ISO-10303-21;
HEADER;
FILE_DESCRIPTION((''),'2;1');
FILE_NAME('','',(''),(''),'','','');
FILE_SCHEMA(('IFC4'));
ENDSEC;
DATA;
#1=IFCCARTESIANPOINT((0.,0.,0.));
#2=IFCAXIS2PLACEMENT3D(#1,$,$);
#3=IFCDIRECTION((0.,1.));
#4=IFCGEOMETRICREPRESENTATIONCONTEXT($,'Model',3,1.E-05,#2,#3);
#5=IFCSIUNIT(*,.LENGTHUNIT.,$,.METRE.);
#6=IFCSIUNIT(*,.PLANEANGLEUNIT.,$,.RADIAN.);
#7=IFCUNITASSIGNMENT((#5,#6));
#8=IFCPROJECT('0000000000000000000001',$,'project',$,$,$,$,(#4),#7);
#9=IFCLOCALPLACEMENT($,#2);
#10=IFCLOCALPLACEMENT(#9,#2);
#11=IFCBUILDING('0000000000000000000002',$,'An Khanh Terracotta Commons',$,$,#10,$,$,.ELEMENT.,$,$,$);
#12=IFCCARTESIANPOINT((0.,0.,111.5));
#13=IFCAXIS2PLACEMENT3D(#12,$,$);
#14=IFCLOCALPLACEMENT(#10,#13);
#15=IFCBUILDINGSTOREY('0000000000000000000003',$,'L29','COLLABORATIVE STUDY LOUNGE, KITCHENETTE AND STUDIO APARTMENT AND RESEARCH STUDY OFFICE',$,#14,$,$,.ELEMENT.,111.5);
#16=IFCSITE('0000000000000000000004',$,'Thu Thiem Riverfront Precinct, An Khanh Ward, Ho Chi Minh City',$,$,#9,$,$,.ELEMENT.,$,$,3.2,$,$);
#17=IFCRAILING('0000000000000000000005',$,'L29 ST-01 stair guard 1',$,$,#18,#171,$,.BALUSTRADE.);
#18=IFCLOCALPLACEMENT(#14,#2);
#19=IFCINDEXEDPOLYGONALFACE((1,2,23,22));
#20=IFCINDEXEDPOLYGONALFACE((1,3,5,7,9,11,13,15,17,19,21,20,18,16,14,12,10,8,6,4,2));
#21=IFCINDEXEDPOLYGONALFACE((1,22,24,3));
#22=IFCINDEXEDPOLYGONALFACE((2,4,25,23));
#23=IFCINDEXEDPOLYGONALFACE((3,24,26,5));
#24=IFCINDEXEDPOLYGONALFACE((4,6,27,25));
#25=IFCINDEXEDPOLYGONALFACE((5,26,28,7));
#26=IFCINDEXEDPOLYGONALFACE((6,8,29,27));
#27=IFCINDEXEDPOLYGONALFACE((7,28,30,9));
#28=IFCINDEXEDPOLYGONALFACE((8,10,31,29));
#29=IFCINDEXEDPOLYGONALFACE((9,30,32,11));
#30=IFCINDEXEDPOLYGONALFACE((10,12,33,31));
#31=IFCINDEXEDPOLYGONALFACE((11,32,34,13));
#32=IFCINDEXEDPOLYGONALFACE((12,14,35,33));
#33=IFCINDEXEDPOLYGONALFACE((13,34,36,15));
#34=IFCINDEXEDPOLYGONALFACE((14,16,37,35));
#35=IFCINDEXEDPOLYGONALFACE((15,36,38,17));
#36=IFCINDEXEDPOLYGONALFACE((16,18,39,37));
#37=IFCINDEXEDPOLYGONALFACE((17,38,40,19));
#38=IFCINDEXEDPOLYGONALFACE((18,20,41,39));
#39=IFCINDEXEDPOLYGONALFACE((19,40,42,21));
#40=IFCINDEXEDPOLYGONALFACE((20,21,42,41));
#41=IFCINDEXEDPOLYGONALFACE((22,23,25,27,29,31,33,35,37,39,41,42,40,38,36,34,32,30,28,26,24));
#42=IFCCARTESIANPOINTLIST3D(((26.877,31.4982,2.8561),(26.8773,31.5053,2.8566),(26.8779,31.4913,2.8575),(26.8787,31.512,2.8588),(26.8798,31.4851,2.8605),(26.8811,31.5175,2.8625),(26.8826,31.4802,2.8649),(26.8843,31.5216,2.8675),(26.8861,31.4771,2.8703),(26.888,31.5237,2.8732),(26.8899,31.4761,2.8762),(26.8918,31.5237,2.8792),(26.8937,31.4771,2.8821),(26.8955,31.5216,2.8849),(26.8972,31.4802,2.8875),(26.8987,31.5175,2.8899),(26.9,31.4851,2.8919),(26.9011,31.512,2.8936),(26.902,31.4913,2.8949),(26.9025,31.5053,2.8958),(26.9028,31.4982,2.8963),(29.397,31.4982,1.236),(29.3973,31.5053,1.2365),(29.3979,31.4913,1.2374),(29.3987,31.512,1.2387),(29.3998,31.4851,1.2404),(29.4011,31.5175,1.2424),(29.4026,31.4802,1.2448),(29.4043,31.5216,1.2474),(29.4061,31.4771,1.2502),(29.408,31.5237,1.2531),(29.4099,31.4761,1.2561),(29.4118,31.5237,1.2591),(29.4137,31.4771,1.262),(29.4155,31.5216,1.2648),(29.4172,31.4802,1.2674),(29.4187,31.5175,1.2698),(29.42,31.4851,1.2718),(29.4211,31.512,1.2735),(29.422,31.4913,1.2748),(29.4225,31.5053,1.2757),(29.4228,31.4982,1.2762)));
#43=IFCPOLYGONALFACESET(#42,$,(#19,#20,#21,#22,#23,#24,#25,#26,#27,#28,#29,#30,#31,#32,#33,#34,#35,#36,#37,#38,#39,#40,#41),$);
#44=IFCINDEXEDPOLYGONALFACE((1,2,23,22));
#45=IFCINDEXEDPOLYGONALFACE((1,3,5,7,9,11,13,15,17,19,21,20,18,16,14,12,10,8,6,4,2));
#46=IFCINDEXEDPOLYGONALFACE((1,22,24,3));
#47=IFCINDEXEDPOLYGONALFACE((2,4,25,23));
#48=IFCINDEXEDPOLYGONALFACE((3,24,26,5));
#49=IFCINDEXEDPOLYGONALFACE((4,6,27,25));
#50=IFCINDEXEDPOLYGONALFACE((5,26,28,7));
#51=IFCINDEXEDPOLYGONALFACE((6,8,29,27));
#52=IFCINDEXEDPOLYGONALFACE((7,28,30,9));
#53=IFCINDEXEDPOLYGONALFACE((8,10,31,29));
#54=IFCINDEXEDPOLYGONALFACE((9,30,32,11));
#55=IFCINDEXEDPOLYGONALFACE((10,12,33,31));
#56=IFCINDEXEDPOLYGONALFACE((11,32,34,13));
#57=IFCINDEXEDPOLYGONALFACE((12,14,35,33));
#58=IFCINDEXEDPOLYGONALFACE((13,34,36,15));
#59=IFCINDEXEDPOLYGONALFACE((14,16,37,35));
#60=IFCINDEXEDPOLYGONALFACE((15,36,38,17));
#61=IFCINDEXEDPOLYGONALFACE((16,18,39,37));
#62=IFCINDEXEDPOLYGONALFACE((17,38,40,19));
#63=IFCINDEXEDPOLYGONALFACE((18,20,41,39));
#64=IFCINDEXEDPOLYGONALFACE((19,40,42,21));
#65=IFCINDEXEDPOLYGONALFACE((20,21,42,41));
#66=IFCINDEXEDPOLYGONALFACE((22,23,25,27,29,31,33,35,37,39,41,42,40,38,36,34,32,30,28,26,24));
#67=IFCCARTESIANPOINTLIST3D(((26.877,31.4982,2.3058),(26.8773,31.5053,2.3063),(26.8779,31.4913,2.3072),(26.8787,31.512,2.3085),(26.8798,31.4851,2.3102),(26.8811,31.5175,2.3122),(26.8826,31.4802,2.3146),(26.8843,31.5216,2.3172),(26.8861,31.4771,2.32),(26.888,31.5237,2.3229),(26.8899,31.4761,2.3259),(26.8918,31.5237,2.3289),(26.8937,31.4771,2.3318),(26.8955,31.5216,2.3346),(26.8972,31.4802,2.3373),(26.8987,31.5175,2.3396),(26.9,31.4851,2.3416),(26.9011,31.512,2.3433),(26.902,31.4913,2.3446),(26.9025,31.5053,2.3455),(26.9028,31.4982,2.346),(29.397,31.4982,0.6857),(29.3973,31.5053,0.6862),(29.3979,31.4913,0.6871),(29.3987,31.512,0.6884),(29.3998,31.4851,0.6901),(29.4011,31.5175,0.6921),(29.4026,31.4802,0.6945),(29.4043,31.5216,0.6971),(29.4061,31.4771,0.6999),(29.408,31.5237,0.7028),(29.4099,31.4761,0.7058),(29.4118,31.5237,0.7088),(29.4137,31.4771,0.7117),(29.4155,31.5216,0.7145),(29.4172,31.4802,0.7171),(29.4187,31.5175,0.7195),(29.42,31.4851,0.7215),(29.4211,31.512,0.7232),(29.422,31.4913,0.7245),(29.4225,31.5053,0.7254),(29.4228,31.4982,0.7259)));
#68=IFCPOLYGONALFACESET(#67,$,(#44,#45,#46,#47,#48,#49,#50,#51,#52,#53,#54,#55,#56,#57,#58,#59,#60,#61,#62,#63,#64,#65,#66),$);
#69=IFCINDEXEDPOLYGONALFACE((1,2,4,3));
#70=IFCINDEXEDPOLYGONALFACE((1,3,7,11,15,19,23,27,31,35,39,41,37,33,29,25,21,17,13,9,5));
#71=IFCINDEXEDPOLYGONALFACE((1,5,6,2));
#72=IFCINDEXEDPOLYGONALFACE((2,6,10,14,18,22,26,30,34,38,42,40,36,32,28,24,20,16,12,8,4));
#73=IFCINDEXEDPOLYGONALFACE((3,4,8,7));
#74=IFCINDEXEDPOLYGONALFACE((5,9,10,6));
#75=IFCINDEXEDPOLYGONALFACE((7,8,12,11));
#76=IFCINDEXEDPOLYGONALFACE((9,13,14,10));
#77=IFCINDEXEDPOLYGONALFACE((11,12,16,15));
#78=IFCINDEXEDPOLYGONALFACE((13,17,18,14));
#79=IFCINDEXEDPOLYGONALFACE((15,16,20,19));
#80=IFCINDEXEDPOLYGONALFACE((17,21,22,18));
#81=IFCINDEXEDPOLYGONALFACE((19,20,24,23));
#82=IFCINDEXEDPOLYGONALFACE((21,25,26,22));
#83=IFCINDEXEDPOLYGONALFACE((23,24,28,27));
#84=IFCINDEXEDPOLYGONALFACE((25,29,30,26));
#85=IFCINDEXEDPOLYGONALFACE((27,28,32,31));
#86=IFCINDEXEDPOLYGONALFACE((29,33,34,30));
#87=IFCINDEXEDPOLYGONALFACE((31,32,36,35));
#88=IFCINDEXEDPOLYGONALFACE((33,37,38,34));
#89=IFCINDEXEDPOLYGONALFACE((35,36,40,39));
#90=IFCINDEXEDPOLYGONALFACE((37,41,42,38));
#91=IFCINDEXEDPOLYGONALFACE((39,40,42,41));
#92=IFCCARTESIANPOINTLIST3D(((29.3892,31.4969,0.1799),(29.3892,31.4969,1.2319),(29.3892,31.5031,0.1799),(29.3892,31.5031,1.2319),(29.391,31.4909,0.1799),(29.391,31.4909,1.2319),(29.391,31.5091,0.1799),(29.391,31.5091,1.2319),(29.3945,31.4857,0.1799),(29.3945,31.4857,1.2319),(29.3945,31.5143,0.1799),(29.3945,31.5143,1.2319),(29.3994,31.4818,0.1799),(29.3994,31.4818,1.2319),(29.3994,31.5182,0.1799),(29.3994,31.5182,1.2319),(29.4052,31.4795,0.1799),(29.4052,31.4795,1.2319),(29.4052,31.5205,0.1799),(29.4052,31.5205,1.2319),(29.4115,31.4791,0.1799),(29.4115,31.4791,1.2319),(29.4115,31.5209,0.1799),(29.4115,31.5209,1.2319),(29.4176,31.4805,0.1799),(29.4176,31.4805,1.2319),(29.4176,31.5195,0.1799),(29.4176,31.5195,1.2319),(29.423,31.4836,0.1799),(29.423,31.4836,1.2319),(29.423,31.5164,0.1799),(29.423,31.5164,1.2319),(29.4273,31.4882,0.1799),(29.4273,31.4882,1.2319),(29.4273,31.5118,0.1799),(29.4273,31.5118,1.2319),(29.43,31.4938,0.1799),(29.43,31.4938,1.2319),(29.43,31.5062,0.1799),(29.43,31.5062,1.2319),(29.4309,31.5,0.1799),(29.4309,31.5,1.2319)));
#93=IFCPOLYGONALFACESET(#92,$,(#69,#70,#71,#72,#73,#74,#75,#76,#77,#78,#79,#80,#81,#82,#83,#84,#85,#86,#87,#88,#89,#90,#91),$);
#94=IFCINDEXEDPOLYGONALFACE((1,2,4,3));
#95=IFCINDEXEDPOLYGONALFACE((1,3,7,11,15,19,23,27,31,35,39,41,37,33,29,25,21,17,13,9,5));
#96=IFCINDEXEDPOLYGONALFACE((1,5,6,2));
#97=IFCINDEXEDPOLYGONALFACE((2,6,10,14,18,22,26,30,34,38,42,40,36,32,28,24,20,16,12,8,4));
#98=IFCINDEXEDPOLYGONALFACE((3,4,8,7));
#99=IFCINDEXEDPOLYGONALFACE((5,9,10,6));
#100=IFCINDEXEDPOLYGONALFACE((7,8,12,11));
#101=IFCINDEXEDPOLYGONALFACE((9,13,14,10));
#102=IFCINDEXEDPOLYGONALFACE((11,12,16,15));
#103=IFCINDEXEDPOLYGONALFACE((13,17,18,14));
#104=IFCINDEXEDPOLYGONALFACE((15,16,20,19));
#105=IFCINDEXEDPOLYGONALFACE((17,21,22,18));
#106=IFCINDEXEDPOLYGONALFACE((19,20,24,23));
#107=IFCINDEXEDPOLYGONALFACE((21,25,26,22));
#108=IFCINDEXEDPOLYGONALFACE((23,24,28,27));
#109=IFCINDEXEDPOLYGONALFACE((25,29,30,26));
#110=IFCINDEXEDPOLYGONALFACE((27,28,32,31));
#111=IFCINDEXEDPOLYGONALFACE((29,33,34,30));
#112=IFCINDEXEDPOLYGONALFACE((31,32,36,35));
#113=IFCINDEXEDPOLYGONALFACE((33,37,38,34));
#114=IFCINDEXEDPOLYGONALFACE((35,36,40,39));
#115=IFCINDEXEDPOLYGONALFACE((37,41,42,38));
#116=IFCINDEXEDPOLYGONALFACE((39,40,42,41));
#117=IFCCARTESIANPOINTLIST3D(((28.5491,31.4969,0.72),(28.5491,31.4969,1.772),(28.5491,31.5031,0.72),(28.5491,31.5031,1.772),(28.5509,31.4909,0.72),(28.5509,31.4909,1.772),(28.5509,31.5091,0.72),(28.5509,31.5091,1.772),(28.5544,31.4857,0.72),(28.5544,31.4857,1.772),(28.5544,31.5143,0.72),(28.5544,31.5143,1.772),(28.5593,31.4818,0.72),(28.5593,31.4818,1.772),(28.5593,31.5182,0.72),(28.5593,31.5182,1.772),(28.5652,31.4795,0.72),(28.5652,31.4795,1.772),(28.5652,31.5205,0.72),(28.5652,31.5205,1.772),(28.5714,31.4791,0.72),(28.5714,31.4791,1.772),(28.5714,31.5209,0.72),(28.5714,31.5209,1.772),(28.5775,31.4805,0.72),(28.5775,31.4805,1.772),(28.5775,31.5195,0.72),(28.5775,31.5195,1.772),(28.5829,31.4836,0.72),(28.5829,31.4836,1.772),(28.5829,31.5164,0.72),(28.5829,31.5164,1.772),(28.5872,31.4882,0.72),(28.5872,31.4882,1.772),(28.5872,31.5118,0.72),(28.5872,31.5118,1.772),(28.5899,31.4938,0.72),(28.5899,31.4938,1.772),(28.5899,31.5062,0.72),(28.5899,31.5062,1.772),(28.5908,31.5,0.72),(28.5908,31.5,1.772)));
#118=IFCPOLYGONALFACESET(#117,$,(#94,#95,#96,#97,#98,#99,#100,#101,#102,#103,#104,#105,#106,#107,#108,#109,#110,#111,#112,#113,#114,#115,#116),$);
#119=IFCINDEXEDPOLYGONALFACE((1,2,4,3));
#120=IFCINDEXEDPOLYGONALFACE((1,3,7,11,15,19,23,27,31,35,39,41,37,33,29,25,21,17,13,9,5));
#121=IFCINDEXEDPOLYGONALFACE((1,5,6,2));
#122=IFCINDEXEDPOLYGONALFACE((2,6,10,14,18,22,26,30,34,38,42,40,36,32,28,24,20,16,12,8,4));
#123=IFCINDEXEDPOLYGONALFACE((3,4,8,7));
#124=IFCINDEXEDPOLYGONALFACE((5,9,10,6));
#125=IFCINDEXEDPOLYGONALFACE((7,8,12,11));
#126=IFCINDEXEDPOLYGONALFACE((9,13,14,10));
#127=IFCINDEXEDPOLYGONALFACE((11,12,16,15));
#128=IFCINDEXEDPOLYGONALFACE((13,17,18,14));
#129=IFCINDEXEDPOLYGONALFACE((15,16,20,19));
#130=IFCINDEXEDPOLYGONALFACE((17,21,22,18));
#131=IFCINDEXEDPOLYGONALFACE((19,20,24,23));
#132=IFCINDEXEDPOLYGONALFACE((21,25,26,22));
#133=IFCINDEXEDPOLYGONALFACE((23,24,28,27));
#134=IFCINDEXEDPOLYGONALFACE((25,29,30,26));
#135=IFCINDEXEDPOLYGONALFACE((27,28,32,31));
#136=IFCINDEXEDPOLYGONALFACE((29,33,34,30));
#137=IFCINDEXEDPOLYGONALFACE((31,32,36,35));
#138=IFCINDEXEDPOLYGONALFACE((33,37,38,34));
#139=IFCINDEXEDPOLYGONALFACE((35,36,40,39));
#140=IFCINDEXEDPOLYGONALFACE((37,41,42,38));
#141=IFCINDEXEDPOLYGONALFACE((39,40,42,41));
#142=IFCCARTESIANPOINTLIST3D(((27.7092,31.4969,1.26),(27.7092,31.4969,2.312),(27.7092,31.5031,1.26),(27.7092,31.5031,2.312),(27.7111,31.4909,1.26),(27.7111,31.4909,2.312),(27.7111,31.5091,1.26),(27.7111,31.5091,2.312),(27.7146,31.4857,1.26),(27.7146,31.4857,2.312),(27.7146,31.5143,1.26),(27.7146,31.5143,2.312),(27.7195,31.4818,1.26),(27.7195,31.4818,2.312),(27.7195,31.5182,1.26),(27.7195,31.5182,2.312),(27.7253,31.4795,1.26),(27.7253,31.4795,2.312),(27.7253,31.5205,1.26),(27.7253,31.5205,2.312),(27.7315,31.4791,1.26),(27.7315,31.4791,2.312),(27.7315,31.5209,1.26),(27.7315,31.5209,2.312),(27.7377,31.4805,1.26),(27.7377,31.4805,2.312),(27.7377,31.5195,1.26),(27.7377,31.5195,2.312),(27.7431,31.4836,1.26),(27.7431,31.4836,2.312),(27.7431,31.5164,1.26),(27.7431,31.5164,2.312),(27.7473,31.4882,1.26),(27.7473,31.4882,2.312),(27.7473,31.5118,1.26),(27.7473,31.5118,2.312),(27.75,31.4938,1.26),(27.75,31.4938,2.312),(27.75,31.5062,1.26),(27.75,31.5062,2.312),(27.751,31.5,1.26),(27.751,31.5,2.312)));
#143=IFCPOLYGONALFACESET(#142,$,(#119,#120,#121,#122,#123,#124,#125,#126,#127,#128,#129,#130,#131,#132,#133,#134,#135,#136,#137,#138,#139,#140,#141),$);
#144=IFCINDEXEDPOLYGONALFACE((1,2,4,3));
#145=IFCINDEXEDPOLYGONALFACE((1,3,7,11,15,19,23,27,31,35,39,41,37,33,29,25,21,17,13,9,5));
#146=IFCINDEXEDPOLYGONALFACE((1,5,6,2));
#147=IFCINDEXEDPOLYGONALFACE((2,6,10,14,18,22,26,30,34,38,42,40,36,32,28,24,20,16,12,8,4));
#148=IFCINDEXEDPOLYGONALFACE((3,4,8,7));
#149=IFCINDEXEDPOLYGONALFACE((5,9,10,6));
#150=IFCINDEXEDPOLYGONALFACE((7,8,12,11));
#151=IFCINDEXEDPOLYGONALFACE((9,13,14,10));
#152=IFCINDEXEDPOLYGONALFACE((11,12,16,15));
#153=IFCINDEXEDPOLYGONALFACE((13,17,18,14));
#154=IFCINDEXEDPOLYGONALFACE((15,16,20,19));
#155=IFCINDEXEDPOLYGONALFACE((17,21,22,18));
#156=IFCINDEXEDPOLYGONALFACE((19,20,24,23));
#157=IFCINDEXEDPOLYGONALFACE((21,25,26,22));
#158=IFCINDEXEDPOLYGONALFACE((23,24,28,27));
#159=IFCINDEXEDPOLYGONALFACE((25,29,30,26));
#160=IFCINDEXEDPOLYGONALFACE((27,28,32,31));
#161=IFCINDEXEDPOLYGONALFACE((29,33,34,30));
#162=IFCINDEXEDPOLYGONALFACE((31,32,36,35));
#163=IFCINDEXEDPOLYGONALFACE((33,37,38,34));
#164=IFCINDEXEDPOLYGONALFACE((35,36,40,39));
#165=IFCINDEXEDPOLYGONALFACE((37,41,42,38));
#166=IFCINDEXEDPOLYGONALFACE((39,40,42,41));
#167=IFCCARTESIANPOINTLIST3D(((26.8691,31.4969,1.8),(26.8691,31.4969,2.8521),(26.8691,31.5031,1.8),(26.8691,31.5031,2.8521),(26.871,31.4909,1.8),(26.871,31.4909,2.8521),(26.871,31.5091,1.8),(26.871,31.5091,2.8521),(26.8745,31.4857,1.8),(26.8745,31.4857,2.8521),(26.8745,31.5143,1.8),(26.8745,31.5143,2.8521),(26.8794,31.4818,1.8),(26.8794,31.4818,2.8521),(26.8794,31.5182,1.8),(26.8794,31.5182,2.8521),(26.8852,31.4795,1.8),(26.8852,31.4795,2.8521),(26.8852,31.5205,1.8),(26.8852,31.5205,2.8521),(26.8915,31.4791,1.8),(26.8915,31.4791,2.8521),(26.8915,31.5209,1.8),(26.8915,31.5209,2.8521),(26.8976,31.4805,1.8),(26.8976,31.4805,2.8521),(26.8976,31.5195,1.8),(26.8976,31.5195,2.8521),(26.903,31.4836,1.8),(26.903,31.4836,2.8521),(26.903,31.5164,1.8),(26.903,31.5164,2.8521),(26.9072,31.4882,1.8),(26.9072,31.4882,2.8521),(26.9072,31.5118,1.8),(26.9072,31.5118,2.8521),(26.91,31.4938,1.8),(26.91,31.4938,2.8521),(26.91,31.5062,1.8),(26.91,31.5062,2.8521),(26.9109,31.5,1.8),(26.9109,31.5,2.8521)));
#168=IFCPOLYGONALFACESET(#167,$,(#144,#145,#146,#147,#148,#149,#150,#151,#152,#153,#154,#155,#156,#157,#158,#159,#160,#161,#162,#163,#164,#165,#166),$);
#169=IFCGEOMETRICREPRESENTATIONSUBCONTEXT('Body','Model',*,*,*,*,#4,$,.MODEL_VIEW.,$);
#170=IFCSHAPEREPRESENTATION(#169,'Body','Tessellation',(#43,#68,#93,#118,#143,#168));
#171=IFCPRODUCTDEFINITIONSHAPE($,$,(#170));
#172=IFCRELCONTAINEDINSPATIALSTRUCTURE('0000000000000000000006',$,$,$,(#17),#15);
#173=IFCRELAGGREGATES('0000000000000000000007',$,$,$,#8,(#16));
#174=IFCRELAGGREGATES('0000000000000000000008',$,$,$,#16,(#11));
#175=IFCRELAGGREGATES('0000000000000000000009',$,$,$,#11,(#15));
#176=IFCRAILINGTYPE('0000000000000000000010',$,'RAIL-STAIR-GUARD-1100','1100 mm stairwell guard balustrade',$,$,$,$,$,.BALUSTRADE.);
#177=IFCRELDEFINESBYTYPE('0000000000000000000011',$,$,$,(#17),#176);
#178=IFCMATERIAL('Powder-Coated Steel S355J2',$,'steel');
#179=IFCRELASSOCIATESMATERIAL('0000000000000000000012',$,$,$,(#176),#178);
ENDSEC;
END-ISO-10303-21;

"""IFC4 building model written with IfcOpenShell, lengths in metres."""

from ifc_helpers import new_model, si_unit, direction, frame, origin, origin_2d, place, context, subcontext, project, spatial, circle, extrude, material, type_object, element, save


model = new_model("IFC4")

# Units and contexts
model_context = context("Model", 3, precision=1e-05, world=origin(), true_north=direction((0.0, 1.0)))
body_context = subcontext(model_context, "Body", "Model", "MODEL_VIEW")
ifc_project = project(units=[si_unit("LENGTHUNIT", "METRE"), si_unit("PLANEANGLEUNIT", "RADIAN")], contexts=[model_context])

# Site, building, storey
site_placement = place(None, origin())
site = spatial("IfcSite", under=ifc_project, at=site_placement, Name="Thu Thiem Riverfront Precinct, An Khanh Ward, Ho Chi Minh City", CompositionType="ELEMENT", RefElevation=3.2)
building_placement = place(site_placement, origin())
building = spatial("IfcBuilding", under=site, at=building_placement, Name="An Khanh Terracotta Commons", CompositionType="ELEMENT")
storey_placement = place(building_placement, frame((0.0, 0.0, 111.5)))
storey = spatial("IfcBuildingStorey", under=building, at=storey_placement, Name="L29", Description="COLLABORATIVE STUDY LOUNGE, KITCHENETTE AND STUDIO APARTMENT AND RESEARCH STUDY OFFICE", CompositionType="ELEMENT", Elevation=111.5)

# Railing
ifc_material_1 = material(Name="Powder-Coated Steel S355J2", Category="steel")
railing_type_1 = type_object("IfcRailingType", Name="RAIL-STAIR-GUARD-1100", Description="1100 mm stairwell guard balustrade", PredefinedType="BALUSTRADE", material=ifc_material_1)
railing_1_placement = place(storey_placement, frame((29.4099, 31.5, 0.1799)))
element("IfcRailing", 1, at=railing_1_placement, inside=storey, type_object=railing_type_1, Name="L29 ST-01 stair guard 1", PredefinedType="BALUSTRADE", context=body_context, shape_type="SweptSolid", body=[
    extrude(circle(Radius=0.0239, at=origin_2d()), frame((0.0, 0.0, 1.0762), z_axis=(-0.841163, 0.0, 0.540782), x_axis=(0.0, -1.0, 0.0)), (0.0, 0.0, 1.0), 2.9958),
    extrude(circle(Radius=0.0239, at=origin_2d()), frame((0.0, 0.0, 0.5259), z_axis=(-0.841163, 0.0, 0.540782), x_axis=(0.0, -1.0, 0.0)), (0.0, 0.0, 1.0), 2.9958),
    extrude(circle(Radius=0.021, at=origin_2d()), origin(), (0.0, 0.0, 1.0), 1.052),
    extrude(circle(Radius=0.021, at=origin_2d()), frame((-0.8401, 0.0, 0.54)), (0.0, 0.0, 1.0), 1.052),
    extrude(circle(Radius=0.021, at=origin_2d()), frame((-1.6799, 0.0, 1.0801)), (0.0, 0.0, 1.0), 1.052),
    extrude(circle(Radius=0.021, at=origin_2d()), frame((-2.52, 0.0, 1.6201)), (0.0, 0.0, 1.0), 1.052),
])

save(model, "model.ifc")
